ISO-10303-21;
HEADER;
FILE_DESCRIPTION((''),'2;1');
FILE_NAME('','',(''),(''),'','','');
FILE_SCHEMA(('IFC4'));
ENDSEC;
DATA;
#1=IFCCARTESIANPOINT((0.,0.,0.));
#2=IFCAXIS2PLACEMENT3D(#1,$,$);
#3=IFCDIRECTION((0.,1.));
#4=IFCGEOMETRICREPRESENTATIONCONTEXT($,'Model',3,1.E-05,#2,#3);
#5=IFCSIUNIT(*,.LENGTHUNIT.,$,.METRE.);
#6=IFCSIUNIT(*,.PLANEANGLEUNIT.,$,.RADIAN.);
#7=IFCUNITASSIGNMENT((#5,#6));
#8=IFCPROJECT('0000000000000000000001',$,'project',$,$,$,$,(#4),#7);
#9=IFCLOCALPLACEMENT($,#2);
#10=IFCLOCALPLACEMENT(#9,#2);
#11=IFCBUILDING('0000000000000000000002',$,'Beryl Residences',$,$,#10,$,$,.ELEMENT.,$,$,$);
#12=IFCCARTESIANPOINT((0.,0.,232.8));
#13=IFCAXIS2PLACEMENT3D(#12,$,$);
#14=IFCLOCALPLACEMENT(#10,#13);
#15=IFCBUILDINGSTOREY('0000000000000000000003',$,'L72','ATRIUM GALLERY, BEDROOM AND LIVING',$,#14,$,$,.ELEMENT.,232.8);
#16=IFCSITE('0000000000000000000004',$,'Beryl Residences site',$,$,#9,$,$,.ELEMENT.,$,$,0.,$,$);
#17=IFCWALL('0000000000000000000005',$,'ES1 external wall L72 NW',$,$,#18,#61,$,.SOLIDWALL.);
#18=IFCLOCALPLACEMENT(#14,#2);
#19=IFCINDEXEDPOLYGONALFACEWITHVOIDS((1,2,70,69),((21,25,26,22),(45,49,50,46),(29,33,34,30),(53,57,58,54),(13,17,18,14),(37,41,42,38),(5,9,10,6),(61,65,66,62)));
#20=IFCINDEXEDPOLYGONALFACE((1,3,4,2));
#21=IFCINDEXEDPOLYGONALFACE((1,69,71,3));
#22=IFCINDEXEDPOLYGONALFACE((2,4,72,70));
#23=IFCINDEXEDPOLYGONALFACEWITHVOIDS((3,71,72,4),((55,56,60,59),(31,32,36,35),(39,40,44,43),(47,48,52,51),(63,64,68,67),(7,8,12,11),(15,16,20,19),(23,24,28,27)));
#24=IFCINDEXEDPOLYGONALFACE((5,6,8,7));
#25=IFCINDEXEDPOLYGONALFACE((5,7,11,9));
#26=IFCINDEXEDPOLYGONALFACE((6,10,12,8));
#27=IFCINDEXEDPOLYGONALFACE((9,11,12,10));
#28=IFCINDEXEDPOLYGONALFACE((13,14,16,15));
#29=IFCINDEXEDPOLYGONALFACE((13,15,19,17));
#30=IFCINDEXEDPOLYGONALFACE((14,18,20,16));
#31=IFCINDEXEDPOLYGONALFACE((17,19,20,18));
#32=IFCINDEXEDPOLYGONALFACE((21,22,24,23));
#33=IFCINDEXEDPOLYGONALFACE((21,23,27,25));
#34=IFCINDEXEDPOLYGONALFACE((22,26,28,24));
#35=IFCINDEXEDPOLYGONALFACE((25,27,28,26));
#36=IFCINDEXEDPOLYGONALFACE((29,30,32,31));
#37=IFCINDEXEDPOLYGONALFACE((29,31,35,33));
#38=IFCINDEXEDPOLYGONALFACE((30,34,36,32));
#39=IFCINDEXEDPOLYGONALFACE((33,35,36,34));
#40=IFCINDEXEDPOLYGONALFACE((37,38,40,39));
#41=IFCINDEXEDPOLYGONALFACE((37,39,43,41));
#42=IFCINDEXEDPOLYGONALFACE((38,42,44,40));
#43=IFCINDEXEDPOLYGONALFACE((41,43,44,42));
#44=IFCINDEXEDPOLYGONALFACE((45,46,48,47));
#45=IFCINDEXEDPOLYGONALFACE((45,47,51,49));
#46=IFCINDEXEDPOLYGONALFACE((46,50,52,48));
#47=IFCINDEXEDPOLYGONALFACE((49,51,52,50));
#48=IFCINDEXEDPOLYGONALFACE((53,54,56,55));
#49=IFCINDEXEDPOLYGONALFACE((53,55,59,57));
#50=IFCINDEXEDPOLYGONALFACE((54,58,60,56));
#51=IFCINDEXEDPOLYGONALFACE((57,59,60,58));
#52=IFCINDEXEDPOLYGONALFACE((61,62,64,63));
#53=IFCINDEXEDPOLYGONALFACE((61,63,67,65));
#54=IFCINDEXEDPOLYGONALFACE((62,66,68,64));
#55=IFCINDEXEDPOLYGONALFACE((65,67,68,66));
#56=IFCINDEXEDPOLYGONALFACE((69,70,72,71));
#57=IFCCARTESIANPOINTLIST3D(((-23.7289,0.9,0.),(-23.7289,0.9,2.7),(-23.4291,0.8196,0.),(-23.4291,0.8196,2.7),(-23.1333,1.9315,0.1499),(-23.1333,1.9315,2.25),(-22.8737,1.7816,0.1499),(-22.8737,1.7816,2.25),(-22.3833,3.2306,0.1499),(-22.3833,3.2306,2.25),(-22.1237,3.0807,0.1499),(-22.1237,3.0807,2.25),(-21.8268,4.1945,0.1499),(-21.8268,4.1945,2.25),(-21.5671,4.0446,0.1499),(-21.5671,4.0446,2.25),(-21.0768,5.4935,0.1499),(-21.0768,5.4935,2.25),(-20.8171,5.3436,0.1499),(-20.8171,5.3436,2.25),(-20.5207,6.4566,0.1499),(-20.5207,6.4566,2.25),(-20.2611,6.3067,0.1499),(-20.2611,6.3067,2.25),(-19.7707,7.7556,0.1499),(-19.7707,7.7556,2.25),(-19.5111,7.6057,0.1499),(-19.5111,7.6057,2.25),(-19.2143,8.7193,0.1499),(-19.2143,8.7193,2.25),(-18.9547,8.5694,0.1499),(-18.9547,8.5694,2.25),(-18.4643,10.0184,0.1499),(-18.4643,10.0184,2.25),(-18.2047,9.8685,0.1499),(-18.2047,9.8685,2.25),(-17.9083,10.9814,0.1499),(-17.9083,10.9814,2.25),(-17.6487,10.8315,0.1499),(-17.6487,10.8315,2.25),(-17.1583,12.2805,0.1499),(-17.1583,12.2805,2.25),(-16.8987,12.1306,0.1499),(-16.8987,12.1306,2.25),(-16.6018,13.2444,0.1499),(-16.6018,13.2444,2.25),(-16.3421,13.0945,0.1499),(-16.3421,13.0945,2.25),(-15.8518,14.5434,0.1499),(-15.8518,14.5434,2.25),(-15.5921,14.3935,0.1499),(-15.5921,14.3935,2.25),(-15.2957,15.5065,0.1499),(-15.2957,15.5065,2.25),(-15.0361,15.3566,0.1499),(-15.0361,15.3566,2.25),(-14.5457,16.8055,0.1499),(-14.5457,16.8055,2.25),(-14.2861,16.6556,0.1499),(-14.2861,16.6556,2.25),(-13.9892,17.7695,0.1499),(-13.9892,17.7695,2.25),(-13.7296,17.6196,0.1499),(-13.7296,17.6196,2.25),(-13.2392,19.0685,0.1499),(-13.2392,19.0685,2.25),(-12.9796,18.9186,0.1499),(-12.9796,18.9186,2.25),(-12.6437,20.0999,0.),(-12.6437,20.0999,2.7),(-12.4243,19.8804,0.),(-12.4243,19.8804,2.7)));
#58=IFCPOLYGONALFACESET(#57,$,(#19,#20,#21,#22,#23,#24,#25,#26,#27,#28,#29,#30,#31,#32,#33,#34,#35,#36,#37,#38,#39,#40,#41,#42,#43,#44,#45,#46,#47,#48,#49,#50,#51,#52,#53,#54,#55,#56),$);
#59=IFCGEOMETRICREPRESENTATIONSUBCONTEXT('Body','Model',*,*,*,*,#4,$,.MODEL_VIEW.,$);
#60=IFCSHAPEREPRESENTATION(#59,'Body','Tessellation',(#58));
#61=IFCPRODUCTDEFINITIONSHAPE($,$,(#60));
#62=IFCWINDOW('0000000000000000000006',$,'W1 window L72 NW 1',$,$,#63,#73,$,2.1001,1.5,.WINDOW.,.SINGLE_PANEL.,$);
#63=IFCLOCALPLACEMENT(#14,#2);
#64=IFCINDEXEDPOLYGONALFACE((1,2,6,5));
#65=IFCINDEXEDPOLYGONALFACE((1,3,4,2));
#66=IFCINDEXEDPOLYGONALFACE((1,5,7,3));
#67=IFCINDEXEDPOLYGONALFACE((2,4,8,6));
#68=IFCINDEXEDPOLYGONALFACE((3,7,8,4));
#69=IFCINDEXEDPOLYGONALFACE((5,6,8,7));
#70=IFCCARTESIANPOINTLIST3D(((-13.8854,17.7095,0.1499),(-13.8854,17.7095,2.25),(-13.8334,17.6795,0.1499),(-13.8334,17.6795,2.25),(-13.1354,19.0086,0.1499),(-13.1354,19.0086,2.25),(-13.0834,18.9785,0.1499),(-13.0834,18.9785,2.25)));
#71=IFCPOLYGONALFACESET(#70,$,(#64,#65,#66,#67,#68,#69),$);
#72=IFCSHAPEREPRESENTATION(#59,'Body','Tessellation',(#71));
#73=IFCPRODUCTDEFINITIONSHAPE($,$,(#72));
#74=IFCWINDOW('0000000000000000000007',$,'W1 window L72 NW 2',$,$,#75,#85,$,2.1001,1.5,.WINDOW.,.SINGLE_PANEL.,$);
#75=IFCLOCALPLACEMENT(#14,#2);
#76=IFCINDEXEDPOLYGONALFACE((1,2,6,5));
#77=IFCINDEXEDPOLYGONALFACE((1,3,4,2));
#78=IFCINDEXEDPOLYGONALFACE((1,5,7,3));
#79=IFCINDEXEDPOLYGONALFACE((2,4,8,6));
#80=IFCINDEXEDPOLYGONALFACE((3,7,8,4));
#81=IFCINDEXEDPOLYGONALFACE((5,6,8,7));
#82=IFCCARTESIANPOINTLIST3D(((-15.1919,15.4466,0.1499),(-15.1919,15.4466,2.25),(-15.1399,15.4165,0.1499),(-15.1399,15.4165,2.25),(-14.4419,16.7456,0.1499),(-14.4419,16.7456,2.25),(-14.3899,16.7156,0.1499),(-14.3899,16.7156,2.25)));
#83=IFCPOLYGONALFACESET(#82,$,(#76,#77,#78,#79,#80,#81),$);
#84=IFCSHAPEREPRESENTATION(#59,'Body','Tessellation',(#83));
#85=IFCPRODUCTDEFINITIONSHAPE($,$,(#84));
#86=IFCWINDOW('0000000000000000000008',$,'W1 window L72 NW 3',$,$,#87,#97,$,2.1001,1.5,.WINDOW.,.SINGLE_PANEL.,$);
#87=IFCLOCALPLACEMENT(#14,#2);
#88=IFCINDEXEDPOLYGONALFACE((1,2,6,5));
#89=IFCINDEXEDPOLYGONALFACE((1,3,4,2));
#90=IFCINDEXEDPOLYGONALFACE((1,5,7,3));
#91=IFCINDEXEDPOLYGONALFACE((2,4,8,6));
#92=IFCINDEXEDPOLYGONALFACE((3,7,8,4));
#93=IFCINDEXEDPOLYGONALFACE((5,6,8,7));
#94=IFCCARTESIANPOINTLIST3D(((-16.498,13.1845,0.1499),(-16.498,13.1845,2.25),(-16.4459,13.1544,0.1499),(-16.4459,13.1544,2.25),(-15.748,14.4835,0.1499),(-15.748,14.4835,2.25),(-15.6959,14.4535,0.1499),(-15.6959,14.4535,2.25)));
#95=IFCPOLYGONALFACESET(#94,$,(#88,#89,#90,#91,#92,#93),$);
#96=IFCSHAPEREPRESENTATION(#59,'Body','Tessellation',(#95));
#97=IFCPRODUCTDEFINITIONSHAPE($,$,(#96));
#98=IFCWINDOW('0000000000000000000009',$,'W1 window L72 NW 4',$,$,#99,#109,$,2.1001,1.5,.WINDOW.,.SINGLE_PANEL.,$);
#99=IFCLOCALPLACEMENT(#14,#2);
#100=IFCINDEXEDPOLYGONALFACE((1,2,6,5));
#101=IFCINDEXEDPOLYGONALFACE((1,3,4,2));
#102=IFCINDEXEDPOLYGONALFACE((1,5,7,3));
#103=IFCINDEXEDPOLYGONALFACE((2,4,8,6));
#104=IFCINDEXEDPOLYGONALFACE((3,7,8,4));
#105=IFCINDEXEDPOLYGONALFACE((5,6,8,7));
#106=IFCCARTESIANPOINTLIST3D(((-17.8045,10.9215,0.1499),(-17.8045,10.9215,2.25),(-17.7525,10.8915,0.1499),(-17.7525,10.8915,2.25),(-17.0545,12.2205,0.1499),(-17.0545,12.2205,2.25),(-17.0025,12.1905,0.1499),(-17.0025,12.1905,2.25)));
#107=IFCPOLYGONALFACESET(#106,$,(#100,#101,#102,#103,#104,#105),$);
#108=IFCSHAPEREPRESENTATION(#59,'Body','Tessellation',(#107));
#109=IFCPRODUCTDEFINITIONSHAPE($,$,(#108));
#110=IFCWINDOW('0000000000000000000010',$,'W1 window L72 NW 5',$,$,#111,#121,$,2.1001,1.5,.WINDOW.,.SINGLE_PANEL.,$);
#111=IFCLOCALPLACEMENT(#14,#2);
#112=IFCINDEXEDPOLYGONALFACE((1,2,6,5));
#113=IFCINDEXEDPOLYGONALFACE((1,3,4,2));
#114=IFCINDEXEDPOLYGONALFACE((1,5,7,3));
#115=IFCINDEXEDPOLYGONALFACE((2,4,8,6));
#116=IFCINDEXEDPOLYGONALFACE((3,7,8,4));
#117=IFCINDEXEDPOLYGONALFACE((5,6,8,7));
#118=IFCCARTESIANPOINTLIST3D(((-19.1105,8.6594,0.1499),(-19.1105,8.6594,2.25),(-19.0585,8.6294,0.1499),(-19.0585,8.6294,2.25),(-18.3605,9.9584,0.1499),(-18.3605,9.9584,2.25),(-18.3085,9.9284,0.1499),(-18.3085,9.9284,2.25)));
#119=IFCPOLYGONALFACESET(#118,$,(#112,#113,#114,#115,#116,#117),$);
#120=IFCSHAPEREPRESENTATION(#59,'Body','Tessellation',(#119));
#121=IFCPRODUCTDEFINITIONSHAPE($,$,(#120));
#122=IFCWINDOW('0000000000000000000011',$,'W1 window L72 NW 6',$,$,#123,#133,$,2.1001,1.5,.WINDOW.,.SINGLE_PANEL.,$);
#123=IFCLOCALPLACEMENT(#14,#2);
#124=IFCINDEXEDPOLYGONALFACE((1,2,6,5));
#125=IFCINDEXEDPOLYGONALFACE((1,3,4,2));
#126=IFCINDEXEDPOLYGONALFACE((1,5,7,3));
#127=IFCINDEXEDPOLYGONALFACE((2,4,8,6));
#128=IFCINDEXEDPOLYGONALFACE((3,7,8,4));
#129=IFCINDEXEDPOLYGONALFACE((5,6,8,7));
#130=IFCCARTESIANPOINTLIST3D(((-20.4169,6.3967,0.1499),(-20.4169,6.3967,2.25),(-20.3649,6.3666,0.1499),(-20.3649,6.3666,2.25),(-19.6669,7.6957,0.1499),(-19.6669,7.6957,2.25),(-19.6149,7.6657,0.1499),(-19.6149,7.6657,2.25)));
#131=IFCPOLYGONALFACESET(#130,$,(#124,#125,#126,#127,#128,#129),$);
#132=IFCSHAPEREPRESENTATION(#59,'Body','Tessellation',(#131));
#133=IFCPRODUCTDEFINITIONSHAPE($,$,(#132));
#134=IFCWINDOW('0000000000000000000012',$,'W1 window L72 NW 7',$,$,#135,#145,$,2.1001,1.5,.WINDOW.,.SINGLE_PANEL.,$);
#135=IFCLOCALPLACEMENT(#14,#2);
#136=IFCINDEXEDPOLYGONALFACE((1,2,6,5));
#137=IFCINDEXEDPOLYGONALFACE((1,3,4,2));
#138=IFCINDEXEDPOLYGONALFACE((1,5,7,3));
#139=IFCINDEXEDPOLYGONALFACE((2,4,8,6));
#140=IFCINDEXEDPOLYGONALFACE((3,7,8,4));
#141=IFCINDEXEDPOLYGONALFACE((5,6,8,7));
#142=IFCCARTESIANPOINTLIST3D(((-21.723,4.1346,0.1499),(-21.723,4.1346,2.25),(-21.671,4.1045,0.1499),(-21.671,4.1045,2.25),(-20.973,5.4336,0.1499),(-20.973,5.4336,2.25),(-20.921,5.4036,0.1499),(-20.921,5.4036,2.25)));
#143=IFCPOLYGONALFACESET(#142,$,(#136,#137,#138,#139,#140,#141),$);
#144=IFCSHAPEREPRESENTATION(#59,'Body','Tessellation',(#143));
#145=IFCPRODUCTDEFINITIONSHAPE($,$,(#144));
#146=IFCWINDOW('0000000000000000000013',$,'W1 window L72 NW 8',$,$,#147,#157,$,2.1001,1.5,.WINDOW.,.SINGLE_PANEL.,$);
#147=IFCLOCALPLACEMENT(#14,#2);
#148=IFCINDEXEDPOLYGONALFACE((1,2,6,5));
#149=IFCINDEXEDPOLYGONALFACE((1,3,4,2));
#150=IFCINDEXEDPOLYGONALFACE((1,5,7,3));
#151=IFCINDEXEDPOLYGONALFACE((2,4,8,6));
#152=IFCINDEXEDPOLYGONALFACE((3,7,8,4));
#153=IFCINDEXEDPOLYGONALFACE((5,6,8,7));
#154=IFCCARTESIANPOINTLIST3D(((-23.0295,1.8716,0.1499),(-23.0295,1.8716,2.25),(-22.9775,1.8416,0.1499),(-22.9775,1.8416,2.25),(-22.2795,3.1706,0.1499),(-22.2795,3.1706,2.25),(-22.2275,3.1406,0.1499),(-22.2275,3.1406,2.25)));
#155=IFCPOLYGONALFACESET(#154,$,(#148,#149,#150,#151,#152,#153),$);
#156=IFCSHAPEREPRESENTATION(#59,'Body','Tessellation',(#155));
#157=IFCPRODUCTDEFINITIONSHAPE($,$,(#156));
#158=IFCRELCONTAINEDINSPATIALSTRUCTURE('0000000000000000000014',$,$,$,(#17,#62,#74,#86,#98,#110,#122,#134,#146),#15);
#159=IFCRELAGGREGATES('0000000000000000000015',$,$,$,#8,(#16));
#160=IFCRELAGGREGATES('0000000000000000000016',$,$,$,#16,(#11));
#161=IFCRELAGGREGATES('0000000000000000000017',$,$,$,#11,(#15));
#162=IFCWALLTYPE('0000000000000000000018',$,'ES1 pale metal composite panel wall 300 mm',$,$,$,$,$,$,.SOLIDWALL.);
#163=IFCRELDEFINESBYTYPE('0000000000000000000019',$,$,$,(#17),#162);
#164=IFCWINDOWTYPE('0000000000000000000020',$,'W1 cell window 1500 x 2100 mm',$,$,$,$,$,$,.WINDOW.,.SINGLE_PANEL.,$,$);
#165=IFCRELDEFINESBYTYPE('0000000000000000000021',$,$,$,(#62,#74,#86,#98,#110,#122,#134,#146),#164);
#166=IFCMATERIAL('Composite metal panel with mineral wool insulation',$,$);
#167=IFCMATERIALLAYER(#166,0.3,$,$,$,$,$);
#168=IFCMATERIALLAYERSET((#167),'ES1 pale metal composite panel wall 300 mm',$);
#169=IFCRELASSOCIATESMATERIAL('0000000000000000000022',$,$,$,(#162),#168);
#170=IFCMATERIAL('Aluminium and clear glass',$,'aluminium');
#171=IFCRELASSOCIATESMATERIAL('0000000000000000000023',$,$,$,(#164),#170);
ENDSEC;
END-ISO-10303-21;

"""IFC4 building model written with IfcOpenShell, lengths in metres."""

from ifc_helpers import new_model, si_unit, direction, frame, frame_2d, origin, place, context, subcontext, project, spatial, polyline, rectangle, outline, extrude, material, layer, layer_set, type_object, element, fill, save


model = new_model("IFC4")

# Units and contexts
model_context = context("Model", 3, precision=1e-05, world=origin(), true_north=direction((0.0, 1.0)))
body_context = subcontext(model_context, "Body", "Model", "MODEL_VIEW")
ifc_project = project(units=[si_unit("LENGTHUNIT", "METRE"), si_unit("PLANEANGLEUNIT", "RADIAN")], contexts=[model_context])

# Site, building, storey
site_placement = place(None, origin())
site = spatial("IfcSite", under=ifc_project, at=site_placement, Name="Beryl Residences site", CompositionType="ELEMENT", RefElevation=0.0)
building_placement = place(site_placement, origin())
building = spatial("IfcBuilding", under=site, at=building_placement, Name="Beryl Residences", CompositionType="ELEMENT")
storey_placement = place(building_placement, frame((0.0, 0.0, 232.8)))
storey = spatial("IfcBuildingStorey", under=building, at=storey_placement, Name="L72", Description="ATRIUM GALLERY, BEDROOM AND LIVING", CompositionType="ELEMENT", Elevation=232.8)

# Wall, openings, windows
ifc_material_1 = material(Name="Composite metal panel with mineral wool insulation")
ifc_layer_1 = layer(ifc_material_1, 0.3)
ifc_layer_set_1 = layer_set([ifc_layer_1], Name="ES1 pale metal composite panel wall 300 mm")
wall_type_1 = type_object("IfcWallType", Name="ES1 pale metal composite panel wall 300 mm", PredefinedType="SOLIDWALL", material=ifc_layer_set_1)
wall_1_placement = place(storey_placement, frame((-12.5139, 20.0249, 0.0), z_axis=(0.0, 0.0, 1.0), x_axis=(-0.500004, -0.866023, 0.0)))
wall_1 = element("IfcWall", 1, at=wall_1_placement, inside=storey, type_object=wall_type_1, Name="ES1 external wall L72 NW", PredefinedType="SOLIDWALL", context=body_context, shape_type="SweptSolid", body=[
    extrude(outline(polyline([(0.0, -0.1499), (22.1702, -0.1499), (22.0898, 0.1499), (0.0803, 0.1499), (0.0, -0.1499)])), origin(), (0.0, 0.0, 1.0), 2.7),
])
opening_1_placement = place(wall_1_placement, frame((1.1909, 0.0, 0.1499)))
opening_1 = element("IfcOpeningElement", 2, at=opening_1_placement, cuts=wall_1, PredefinedType="OPENING", context=body_context, shape_type="SweptSolid", body=[
    extrude(rectangle(XDim=1.5, YDim=2.1001, at=frame_2d((0.75, 1.05))), frame((0.0, 0.1599, 0.0), z_axis=(0.0, -1.0, 0.0), x_axis=(1.0, 0.0, 0.0)), (0.0, 0.0, 1.0), 0.3201),
])
opening_2_placement = place(wall_1_placement, frame((3.804, 0.0, 0.1499)))
opening_2 = element("IfcOpeningElement", 3, at=opening_2_placement, cuts=wall_1, PredefinedType="OPENING", context=body_context, shape_type="SweptSolid", body=[
    extrude(rectangle(XDim=1.5, YDim=2.1001, at=frame_2d((0.75, 1.05))), frame((0.0, 0.1599, 0.0), z_axis=(0.0, -1.0, 0.0), x_axis=(1.0, 0.0, 0.0)), (0.0, 0.0, 1.0), 0.3201),
])
opening_3_placement = place(wall_1_placement, frame((6.416, 0.0, 0.1499)))
opening_3 = element("IfcOpeningElement", 4, at=opening_3_placement, cuts=wall_1, PredefinedType="OPENING", context=body_context, shape_type="SweptSolid", body=[
    extrude(rectangle(XDim=1.5, YDim=2.1001, at=frame_2d((0.75, 1.05))), frame((0.0, 0.1599, 0.0), z_axis=(0.0, -1.0, 0.0), x_axis=(1.0, 0.0, 0.0)), (0.0, 0.0, 1.0), 0.3201),
])
opening_4_placement = place(wall_1_placement, frame((9.0291, 0.0, 0.1499)))
opening_4 = element("IfcOpeningElement", 5, at=opening_4_placement, cuts=wall_1, PredefinedType="OPENING", context=body_context, shape_type="SweptSolid", body=[
    extrude(rectangle(XDim=1.5, YDim=2.1001, at=frame_2d((0.75, 1.05))), frame((0.0, 0.1599, 0.0), z_axis=(0.0, -1.0, 0.0), x_axis=(1.0, 0.0, 0.0)), (0.0, 0.0, 1.0), 0.3201),
])
opening_5_placement = place(wall_1_placement, frame((11.6411, 0.0, 0.1499)))
opening_5 = element("IfcOpeningElement", 6, at=opening_5_placement, cuts=wall_1, PredefinedType="OPENING", context=body_context, shape_type="SweptSolid", body=[
    extrude(rectangle(XDim=1.5, YDim=2.1001, at=frame_2d((0.75, 1.05))), frame((0.0, 0.1599, 0.0), z_axis=(0.0, -1.0, 0.0), x_axis=(1.0, 0.0, 0.0)), (0.0, 0.0, 1.0), 0.3201),
])
opening_6_placement = place(wall_1_placement, frame((14.2539, 0.0, 0.1499)))
opening_6 = element("IfcOpeningElement", 7, at=opening_6_placement, cuts=wall_1, PredefinedType="OPENING", context=body_context, shape_type="SweptSolid", body=[
    extrude(rectangle(XDim=1.5, YDim=2.1001, at=frame_2d((0.75, 1.05))), frame((0.0, 0.1599, 0.0), z_axis=(0.0, -1.0, 0.0), x_axis=(1.0, 0.0, 0.0)), (0.0, 0.0, 1.0), 0.3201),
])
opening_7_placement = place(wall_1_placement, frame((16.866, 0.0, 0.1499)))
opening_7 = element("IfcOpeningElement", 8, at=opening_7_placement, cuts=wall_1, PredefinedType="OPENING", context=body_context, shape_type="SweptSolid", body=[
    extrude(rectangle(XDim=1.5, YDim=2.1001, at=frame_2d((0.75, 1.05))), frame((0.0, 0.1599, 0.0), z_axis=(0.0, -1.0, 0.0), x_axis=(1.0, 0.0, 0.0)), (0.0, 0.0, 1.0), 0.3201),
])
opening_8_placement = place(wall_1_placement, frame((19.479, 0.0, 0.1499)))
opening_8 = element("IfcOpeningElement", 9, at=opening_8_placement, cuts=wall_1, PredefinedType="OPENING", context=body_context, shape_type="SweptSolid", body=[
    extrude(rectangle(XDim=1.5, YDim=2.1001, at=frame_2d((0.75, 1.05))), frame((0.0, 0.1599, 0.0), z_axis=(0.0, -1.0, 0.0), x_axis=(1.0, 0.0, 0.0)), (0.0, 0.0, 1.0), 0.3201),
])
ifc_material_2 = material(Name="Aluminium and clear glass", Category="aluminium")
window_type = type_object("IfcWindowType", Name="W1 cell window 1500 x 2100 mm", PartitioningType="SINGLE_PANEL", PredefinedType="WINDOW", material=ifc_material_2)
window_1_placement = place(opening_1_placement, origin())
window_1 = element("IfcWindow", 10, at=window_1_placement, inside=storey, type_object=window_type, Name="W1 window L72 NW 1", OverallHeight=2.1001, OverallWidth=1.5, PartitioningType="SINGLE_PANEL", PredefinedType="WINDOW", context=body_context, shape_type="SweptSolid", body=[
    extrude(rectangle(XDim=1.5, YDim=2.1001, at=frame_2d((0.75, 1.05))), frame((0.0, 0.03, 0.0), z_axis=(0.0, -1.0, 0.0), x_axis=(1.0, 0.0, 0.0)), (0.0, 0.0, 1.0), 0.0601),
])
fill(opening_1, window_1)
window_2_placement = place(opening_2_placement, origin())
window_2 = element("IfcWindow", 11, at=window_2_placement, inside=storey, type_object=window_type, Name="W1 window L72 NW 2", OverallHeight=2.1001, OverallWidth=1.5, PartitioningType="SINGLE_PANEL", PredefinedType="WINDOW", context=body_context, shape_type="SweptSolid", body=[
    extrude(rectangle(XDim=1.5, YDim=2.1001, at=frame_2d((0.75, 1.05))), frame((0.0, 0.03, 0.0), z_axis=(0.0, -1.0, 0.0), x_axis=(1.0, 0.0, 0.0)), (0.0, 0.0, 1.0), 0.0601),
])
fill(opening_2, window_2)
window_3_placement = place(opening_3_placement, origin())
window_3 = element("IfcWindow", 12, at=window_3_placement, inside=storey, type_object=window_type, Name="W1 window L72 NW 3", OverallHeight=2.1001, OverallWidth=1.5, PartitioningType="SINGLE_PANEL", PredefinedType="WINDOW", context=body_context, shape_type="SweptSolid", body=[
    extrude(rectangle(XDim=1.5, YDim=2.1001, at=frame_2d((0.75, 1.05))), frame((0.0, 0.03, 0.0), z_axis=(0.0, -1.0, 0.0), x_axis=(1.0, 0.0, 0.0)), (0.0, 0.0, 1.0), 0.0601),
])
fill(opening_3, window_3)
window_4_placement = place(opening_4_placement, origin())
window_4 = element("IfcWindow", 13, at=window_4_placement, inside=storey, type_object=window_type, Name="W1 window L72 NW 4", OverallHeight=2.1001, OverallWidth=1.5, PartitioningType="SINGLE_PANEL", PredefinedType="WINDOW", context=body_context, shape_type="SweptSolid", body=[
    extrude(rectangle(XDim=1.5, YDim=2.1001, at=frame_2d((0.75, 1.05))), frame((0.0, 0.03, 0.0), z_axis=(0.0, -1.0, 0.0), x_axis=(1.0, 0.0, 0.0)), (0.0, 0.0, 1.0), 0.0601),
])
fill(opening_4, window_4)
window_5_placement = place(opening_5_placement, origin())
window_5 = element("IfcWindow", 14, at=window_5_placement, inside=storey, type_object=window_type, Name="W1 window L72 NW 5", OverallHeight=2.1001, OverallWidth=1.5, PartitioningType="SINGLE_PANEL", PredefinedType="WINDOW", context=body_context, shape_type="SweptSolid", body=[
    extrude(rectangle(XDim=1.5, YDim=2.1001, at=frame_2d((0.75, 1.05))), frame((0.0, 0.03, 0.0), z_axis=(0.0, -1.0, 0.0), x_axis=(1.0, 0.0, 0.0)), (0.0, 0.0, 1.0), 0.0601),
])
fill(opening_5, window_5)
window_6_placement = place(opening_6_placement, origin())
window_6 = element("IfcWindow", 15, at=window_6_placement, inside=storey, type_object=window_type, Name="W1 window L72 NW 6", OverallHeight=2.1001, OverallWidth=1.5, PartitioningType="SINGLE_PANEL", PredefinedType="WINDOW", context=body_context, shape_type="SweptSolid", body=[
    extrude(rectangle(XDim=1.5, YDim=2.1001, at=frame_2d((0.75, 1.05))), frame((0.0, 0.03, 0.0), z_axis=(0.0, -1.0, 0.0), x_axis=(1.0, 0.0, 0.0)), (0.0, 0.0, 1.0), 0.0601),
])
fill(opening_6, window_6)
window_7_placement = place(opening_7_placement, origin())
window_7 = element("IfcWindow", 16, at=window_7_placement, inside=storey, type_object=window_type, Name="W1 window L72 NW 7", OverallHeight=2.1001, OverallWidth=1.5, PartitioningType="SINGLE_PANEL", PredefinedType="WINDOW", context=body_context, shape_type="SweptSolid", body=[
    extrude(rectangle(XDim=1.5, YDim=2.1001, at=frame_2d((0.75, 1.05))), frame((0.0, 0.03, 0.0), z_axis=(0.0, -1.0, 0.0), x_axis=(1.0, 0.0, 0.0)), (0.0, 0.0, 1.0), 0.0601),
])
fill(opening_7, window_7)
window_8_placement = place(opening_8_placement, origin())
window_8 = element("IfcWindow", 17, at=window_8_placement, inside=storey, type_object=window_type, Name="W1 window L72 NW 8", OverallHeight=2.1001, OverallWidth=1.5, PartitioningType="SINGLE_PANEL", PredefinedType="WINDOW", context=body_context, shape_type="SweptSolid", body=[
    extrude(rectangle(XDim=1.5, YDim=2.1001, at=frame_2d((0.75, 1.05))), frame((0.0, 0.03, 0.0), z_axis=(0.0, -1.0, 0.0), x_axis=(1.0, 0.0, 0.0)), (0.0, 0.0, 1.0), 0.0601),
])
fill(opening_8, window_8)

save(model, "model.ifc")
